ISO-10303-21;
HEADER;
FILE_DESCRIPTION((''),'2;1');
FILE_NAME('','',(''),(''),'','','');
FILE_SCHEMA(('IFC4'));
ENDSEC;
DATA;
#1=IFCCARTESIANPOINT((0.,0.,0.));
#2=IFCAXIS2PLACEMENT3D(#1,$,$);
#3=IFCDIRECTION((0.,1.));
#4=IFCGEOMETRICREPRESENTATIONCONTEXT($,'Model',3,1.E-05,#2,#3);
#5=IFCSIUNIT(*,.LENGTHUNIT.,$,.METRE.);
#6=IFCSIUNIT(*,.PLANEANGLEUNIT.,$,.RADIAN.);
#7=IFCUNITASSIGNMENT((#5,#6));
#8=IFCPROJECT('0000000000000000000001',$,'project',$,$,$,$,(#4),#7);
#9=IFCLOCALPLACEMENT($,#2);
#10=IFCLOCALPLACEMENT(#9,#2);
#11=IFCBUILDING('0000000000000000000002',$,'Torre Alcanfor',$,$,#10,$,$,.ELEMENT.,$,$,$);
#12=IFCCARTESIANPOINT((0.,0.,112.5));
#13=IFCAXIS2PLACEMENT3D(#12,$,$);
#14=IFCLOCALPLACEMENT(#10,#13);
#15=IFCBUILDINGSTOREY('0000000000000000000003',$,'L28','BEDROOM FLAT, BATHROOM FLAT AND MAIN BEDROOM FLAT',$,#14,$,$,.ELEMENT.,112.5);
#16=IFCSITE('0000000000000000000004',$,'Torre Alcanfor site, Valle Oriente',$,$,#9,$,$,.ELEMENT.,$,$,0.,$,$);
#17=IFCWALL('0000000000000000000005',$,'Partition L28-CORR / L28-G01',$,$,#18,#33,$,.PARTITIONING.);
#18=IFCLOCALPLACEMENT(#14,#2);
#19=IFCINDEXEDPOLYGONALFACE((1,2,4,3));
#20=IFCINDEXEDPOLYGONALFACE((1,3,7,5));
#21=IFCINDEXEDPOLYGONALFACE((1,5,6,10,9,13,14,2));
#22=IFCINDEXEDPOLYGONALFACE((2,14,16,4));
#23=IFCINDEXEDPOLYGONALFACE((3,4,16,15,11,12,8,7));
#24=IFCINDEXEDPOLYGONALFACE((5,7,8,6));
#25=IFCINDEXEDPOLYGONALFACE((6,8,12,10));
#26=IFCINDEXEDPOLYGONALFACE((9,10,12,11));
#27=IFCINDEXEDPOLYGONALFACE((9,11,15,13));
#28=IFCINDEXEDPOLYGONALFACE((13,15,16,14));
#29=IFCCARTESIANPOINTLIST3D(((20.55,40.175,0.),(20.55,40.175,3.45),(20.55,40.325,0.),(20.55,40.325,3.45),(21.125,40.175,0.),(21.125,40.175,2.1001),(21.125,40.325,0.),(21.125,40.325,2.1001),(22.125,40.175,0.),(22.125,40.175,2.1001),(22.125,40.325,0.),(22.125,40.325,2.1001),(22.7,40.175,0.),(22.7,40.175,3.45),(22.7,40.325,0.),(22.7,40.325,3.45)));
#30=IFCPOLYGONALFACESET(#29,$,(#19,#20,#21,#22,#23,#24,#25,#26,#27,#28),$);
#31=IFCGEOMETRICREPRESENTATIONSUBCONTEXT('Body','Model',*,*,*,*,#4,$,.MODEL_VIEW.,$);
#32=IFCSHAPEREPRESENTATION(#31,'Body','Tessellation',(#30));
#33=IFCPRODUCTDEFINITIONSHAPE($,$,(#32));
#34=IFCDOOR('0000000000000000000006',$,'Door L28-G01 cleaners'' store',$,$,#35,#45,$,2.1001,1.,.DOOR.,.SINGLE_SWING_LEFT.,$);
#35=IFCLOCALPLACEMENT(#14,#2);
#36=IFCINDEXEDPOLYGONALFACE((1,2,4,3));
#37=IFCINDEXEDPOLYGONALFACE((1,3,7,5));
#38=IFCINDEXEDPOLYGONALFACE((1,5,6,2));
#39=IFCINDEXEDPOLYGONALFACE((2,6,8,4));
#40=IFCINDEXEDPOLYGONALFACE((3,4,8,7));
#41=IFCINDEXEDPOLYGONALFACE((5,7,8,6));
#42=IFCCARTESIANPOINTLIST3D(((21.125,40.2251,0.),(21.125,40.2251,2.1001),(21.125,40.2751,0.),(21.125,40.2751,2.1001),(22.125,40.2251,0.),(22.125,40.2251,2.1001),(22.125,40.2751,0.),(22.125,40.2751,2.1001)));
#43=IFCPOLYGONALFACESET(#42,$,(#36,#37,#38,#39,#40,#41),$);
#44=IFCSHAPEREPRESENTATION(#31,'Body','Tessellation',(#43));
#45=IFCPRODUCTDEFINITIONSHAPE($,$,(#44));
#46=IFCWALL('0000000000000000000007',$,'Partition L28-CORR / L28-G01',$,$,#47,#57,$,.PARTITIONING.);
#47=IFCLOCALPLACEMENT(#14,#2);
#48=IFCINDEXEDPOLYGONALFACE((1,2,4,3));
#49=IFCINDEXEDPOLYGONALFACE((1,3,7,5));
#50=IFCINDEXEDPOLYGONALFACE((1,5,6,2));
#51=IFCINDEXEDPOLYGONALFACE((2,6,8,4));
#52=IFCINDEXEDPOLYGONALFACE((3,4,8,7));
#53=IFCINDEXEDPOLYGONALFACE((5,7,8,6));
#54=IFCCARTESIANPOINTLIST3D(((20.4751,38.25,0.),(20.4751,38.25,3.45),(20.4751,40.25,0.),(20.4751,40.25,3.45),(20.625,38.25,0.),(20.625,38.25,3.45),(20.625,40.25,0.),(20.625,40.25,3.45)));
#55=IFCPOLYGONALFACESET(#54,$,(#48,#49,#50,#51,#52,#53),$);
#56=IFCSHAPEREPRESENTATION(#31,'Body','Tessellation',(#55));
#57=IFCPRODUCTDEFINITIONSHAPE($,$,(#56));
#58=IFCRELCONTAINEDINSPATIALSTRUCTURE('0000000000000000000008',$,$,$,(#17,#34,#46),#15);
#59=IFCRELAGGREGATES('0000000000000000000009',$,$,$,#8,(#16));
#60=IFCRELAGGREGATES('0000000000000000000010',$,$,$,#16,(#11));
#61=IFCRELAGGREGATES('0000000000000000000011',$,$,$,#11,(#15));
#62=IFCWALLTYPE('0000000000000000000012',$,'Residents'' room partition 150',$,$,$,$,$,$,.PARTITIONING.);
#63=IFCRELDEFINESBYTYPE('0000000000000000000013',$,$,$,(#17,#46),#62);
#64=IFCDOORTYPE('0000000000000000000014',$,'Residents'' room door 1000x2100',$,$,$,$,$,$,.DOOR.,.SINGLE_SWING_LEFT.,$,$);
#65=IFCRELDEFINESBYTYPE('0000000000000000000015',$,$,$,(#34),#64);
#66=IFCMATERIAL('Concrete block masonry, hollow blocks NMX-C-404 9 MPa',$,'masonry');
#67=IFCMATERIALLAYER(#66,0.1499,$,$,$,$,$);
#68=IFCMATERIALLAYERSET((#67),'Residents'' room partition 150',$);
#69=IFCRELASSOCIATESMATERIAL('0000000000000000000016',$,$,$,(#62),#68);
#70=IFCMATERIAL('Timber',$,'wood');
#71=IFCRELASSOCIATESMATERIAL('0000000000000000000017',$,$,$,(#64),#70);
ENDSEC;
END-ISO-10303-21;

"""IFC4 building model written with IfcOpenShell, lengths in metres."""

from ifc_helpers import new_model, si_unit, direction, frame, frame_2d, origin, place, context, subcontext, project, spatial, rectangle, extrude, material, layer, layer_set, type_object, element, fill, save


model = new_model("IFC4")

# Units and contexts
model_context = context("Model", 3, precision=1e-05, world=origin(), true_north=direction((0.0, 1.0)))
body_context = subcontext(model_context, "Body", "Model", "MODEL_VIEW")
ifc_project = project(units=[si_unit("LENGTHUNIT", "METRE"), si_unit("PLANEANGLEUNIT", "RADIAN")], contexts=[model_context])

# Site, building, storey
site_placement = place(None, origin())
site = spatial("IfcSite", under=ifc_project, at=site_placement, Name="Torre Alcanfor site, Valle Oriente", CompositionType="ELEMENT", RefElevation=0.0)
building_placement = place(site_placement, origin())
building = spatial("IfcBuilding", under=site, at=building_placement, Name="Torre Alcanfor", CompositionType="ELEMENT")
storey_placement = place(building_placement, frame((0.0, 0.0, 112.5)))
storey = spatial("IfcBuildingStorey", under=building, at=storey_placement, Name="L28", Description="BEDROOM FLAT, BATHROOM FLAT AND MAIN BEDROOM FLAT", CompositionType="ELEMENT", Elevation=112.5)

# Shared definitions
ifc_material_1 = material(Name="Concrete block masonry, hollow blocks NMX-C-404 9 MPa", Category="masonry")
ifc_layer_1 = layer(ifc_material_1, 0.1499)
ifc_layer_set_1 = layer_set([ifc_layer_1], Name="Residents' room partition 150")
wall_type_1 = type_object("IfcWallType", Name="Residents' room partition 150", PredefinedType="PARTITIONING", material=ifc_layer_set_1)

# Wall, opening, door
wall_1_placement = place(storey_placement, frame((22.7, 40.25, 0.0), z_axis=(0.0, 0.0, 1.0), x_axis=(-1.0, 0.0, 0.0)))
wall_1 = element("IfcWall", 1, at=wall_1_placement, inside=storey, type_object=wall_type_1, Name="Partition L28-CORR / L28-G01", PredefinedType="PARTITIONING", context=body_context, shape_type="SweptSolid", body=[
    extrude(rectangle(XDim=2.1499, YDim=0.1499, at=frame_2d((1.075, 0.0))), origin(), (0.0, 0.0, 1.0), 3.45),
])
opening_1_placement = place(wall_1_placement, frame((0.575, 0.0, 0.0)))
opening_1 = element("IfcOpeningElement", 2, at=opening_1_placement, cuts=wall_1, PredefinedType="OPENING", context=body_context, shape_type="SweptSolid", body=[
    extrude(rectangle(XDim=1.0, YDim=2.1001, at=frame_2d((0.5, 1.05))), frame((0.0, 0.085, 0.0), z_axis=(0.0, -1.0, 0.0), x_axis=(1.0, 0.0, 0.0)), (0.0, 0.0, 1.0), 0.1699),
])
ifc_material_2 = material(Name="Timber", Category="wood")
door_type_1 = type_object("IfcDoorType", Name="Residents' room door 1000x2100", OperationType="SINGLE_SWING_LEFT", PredefinedType="DOOR", material=ifc_material_2)
door_1_placement = place(opening_1_placement, origin())
door_1 = element("IfcDoor", 3, at=door_1_placement, inside=storey, type_object=door_type_1, Name="Door L28-G01 cleaners' store", OperationType="SINGLE_SWING_LEFT", OverallHeight=2.1001, OverallWidth=1.0, PredefinedType="DOOR", context=body_context, shape_type="SweptSolid", body=[
    extrude(rectangle(XDim=1.0, YDim=2.1001, at=frame_2d((0.5, 1.05))), frame((0.0, 0.0249, 0.0), z_axis=(0.0, -1.0, 0.0), x_axis=(1.0, 0.0, 0.0)), (0.0, 0.0, 1.0), 0.05),
])
fill(opening_1, door_1)

# Wall
wall_2_placement = place(storey_placement, frame((20.55, 40.25, 0.0), z_axis=(0.0, 0.0, 1.0), x_axis=(0.0, -1.0, 0.0)))
element("IfcWall", 4, at=wall_2_placement, inside=storey, type_object=wall_type_1, Name="Partition L28-CORR / L28-G01", PredefinedType="PARTITIONING", context=body_context, shape_type="SweptSolid", body=[
    extrude(rectangle(XDim=2.0, YDim=0.1499, at=frame_2d((1.0, 0.0))), origin(), (0.0, 0.0, 1.0), 3.45),
])

save(model, "model.ifc")
